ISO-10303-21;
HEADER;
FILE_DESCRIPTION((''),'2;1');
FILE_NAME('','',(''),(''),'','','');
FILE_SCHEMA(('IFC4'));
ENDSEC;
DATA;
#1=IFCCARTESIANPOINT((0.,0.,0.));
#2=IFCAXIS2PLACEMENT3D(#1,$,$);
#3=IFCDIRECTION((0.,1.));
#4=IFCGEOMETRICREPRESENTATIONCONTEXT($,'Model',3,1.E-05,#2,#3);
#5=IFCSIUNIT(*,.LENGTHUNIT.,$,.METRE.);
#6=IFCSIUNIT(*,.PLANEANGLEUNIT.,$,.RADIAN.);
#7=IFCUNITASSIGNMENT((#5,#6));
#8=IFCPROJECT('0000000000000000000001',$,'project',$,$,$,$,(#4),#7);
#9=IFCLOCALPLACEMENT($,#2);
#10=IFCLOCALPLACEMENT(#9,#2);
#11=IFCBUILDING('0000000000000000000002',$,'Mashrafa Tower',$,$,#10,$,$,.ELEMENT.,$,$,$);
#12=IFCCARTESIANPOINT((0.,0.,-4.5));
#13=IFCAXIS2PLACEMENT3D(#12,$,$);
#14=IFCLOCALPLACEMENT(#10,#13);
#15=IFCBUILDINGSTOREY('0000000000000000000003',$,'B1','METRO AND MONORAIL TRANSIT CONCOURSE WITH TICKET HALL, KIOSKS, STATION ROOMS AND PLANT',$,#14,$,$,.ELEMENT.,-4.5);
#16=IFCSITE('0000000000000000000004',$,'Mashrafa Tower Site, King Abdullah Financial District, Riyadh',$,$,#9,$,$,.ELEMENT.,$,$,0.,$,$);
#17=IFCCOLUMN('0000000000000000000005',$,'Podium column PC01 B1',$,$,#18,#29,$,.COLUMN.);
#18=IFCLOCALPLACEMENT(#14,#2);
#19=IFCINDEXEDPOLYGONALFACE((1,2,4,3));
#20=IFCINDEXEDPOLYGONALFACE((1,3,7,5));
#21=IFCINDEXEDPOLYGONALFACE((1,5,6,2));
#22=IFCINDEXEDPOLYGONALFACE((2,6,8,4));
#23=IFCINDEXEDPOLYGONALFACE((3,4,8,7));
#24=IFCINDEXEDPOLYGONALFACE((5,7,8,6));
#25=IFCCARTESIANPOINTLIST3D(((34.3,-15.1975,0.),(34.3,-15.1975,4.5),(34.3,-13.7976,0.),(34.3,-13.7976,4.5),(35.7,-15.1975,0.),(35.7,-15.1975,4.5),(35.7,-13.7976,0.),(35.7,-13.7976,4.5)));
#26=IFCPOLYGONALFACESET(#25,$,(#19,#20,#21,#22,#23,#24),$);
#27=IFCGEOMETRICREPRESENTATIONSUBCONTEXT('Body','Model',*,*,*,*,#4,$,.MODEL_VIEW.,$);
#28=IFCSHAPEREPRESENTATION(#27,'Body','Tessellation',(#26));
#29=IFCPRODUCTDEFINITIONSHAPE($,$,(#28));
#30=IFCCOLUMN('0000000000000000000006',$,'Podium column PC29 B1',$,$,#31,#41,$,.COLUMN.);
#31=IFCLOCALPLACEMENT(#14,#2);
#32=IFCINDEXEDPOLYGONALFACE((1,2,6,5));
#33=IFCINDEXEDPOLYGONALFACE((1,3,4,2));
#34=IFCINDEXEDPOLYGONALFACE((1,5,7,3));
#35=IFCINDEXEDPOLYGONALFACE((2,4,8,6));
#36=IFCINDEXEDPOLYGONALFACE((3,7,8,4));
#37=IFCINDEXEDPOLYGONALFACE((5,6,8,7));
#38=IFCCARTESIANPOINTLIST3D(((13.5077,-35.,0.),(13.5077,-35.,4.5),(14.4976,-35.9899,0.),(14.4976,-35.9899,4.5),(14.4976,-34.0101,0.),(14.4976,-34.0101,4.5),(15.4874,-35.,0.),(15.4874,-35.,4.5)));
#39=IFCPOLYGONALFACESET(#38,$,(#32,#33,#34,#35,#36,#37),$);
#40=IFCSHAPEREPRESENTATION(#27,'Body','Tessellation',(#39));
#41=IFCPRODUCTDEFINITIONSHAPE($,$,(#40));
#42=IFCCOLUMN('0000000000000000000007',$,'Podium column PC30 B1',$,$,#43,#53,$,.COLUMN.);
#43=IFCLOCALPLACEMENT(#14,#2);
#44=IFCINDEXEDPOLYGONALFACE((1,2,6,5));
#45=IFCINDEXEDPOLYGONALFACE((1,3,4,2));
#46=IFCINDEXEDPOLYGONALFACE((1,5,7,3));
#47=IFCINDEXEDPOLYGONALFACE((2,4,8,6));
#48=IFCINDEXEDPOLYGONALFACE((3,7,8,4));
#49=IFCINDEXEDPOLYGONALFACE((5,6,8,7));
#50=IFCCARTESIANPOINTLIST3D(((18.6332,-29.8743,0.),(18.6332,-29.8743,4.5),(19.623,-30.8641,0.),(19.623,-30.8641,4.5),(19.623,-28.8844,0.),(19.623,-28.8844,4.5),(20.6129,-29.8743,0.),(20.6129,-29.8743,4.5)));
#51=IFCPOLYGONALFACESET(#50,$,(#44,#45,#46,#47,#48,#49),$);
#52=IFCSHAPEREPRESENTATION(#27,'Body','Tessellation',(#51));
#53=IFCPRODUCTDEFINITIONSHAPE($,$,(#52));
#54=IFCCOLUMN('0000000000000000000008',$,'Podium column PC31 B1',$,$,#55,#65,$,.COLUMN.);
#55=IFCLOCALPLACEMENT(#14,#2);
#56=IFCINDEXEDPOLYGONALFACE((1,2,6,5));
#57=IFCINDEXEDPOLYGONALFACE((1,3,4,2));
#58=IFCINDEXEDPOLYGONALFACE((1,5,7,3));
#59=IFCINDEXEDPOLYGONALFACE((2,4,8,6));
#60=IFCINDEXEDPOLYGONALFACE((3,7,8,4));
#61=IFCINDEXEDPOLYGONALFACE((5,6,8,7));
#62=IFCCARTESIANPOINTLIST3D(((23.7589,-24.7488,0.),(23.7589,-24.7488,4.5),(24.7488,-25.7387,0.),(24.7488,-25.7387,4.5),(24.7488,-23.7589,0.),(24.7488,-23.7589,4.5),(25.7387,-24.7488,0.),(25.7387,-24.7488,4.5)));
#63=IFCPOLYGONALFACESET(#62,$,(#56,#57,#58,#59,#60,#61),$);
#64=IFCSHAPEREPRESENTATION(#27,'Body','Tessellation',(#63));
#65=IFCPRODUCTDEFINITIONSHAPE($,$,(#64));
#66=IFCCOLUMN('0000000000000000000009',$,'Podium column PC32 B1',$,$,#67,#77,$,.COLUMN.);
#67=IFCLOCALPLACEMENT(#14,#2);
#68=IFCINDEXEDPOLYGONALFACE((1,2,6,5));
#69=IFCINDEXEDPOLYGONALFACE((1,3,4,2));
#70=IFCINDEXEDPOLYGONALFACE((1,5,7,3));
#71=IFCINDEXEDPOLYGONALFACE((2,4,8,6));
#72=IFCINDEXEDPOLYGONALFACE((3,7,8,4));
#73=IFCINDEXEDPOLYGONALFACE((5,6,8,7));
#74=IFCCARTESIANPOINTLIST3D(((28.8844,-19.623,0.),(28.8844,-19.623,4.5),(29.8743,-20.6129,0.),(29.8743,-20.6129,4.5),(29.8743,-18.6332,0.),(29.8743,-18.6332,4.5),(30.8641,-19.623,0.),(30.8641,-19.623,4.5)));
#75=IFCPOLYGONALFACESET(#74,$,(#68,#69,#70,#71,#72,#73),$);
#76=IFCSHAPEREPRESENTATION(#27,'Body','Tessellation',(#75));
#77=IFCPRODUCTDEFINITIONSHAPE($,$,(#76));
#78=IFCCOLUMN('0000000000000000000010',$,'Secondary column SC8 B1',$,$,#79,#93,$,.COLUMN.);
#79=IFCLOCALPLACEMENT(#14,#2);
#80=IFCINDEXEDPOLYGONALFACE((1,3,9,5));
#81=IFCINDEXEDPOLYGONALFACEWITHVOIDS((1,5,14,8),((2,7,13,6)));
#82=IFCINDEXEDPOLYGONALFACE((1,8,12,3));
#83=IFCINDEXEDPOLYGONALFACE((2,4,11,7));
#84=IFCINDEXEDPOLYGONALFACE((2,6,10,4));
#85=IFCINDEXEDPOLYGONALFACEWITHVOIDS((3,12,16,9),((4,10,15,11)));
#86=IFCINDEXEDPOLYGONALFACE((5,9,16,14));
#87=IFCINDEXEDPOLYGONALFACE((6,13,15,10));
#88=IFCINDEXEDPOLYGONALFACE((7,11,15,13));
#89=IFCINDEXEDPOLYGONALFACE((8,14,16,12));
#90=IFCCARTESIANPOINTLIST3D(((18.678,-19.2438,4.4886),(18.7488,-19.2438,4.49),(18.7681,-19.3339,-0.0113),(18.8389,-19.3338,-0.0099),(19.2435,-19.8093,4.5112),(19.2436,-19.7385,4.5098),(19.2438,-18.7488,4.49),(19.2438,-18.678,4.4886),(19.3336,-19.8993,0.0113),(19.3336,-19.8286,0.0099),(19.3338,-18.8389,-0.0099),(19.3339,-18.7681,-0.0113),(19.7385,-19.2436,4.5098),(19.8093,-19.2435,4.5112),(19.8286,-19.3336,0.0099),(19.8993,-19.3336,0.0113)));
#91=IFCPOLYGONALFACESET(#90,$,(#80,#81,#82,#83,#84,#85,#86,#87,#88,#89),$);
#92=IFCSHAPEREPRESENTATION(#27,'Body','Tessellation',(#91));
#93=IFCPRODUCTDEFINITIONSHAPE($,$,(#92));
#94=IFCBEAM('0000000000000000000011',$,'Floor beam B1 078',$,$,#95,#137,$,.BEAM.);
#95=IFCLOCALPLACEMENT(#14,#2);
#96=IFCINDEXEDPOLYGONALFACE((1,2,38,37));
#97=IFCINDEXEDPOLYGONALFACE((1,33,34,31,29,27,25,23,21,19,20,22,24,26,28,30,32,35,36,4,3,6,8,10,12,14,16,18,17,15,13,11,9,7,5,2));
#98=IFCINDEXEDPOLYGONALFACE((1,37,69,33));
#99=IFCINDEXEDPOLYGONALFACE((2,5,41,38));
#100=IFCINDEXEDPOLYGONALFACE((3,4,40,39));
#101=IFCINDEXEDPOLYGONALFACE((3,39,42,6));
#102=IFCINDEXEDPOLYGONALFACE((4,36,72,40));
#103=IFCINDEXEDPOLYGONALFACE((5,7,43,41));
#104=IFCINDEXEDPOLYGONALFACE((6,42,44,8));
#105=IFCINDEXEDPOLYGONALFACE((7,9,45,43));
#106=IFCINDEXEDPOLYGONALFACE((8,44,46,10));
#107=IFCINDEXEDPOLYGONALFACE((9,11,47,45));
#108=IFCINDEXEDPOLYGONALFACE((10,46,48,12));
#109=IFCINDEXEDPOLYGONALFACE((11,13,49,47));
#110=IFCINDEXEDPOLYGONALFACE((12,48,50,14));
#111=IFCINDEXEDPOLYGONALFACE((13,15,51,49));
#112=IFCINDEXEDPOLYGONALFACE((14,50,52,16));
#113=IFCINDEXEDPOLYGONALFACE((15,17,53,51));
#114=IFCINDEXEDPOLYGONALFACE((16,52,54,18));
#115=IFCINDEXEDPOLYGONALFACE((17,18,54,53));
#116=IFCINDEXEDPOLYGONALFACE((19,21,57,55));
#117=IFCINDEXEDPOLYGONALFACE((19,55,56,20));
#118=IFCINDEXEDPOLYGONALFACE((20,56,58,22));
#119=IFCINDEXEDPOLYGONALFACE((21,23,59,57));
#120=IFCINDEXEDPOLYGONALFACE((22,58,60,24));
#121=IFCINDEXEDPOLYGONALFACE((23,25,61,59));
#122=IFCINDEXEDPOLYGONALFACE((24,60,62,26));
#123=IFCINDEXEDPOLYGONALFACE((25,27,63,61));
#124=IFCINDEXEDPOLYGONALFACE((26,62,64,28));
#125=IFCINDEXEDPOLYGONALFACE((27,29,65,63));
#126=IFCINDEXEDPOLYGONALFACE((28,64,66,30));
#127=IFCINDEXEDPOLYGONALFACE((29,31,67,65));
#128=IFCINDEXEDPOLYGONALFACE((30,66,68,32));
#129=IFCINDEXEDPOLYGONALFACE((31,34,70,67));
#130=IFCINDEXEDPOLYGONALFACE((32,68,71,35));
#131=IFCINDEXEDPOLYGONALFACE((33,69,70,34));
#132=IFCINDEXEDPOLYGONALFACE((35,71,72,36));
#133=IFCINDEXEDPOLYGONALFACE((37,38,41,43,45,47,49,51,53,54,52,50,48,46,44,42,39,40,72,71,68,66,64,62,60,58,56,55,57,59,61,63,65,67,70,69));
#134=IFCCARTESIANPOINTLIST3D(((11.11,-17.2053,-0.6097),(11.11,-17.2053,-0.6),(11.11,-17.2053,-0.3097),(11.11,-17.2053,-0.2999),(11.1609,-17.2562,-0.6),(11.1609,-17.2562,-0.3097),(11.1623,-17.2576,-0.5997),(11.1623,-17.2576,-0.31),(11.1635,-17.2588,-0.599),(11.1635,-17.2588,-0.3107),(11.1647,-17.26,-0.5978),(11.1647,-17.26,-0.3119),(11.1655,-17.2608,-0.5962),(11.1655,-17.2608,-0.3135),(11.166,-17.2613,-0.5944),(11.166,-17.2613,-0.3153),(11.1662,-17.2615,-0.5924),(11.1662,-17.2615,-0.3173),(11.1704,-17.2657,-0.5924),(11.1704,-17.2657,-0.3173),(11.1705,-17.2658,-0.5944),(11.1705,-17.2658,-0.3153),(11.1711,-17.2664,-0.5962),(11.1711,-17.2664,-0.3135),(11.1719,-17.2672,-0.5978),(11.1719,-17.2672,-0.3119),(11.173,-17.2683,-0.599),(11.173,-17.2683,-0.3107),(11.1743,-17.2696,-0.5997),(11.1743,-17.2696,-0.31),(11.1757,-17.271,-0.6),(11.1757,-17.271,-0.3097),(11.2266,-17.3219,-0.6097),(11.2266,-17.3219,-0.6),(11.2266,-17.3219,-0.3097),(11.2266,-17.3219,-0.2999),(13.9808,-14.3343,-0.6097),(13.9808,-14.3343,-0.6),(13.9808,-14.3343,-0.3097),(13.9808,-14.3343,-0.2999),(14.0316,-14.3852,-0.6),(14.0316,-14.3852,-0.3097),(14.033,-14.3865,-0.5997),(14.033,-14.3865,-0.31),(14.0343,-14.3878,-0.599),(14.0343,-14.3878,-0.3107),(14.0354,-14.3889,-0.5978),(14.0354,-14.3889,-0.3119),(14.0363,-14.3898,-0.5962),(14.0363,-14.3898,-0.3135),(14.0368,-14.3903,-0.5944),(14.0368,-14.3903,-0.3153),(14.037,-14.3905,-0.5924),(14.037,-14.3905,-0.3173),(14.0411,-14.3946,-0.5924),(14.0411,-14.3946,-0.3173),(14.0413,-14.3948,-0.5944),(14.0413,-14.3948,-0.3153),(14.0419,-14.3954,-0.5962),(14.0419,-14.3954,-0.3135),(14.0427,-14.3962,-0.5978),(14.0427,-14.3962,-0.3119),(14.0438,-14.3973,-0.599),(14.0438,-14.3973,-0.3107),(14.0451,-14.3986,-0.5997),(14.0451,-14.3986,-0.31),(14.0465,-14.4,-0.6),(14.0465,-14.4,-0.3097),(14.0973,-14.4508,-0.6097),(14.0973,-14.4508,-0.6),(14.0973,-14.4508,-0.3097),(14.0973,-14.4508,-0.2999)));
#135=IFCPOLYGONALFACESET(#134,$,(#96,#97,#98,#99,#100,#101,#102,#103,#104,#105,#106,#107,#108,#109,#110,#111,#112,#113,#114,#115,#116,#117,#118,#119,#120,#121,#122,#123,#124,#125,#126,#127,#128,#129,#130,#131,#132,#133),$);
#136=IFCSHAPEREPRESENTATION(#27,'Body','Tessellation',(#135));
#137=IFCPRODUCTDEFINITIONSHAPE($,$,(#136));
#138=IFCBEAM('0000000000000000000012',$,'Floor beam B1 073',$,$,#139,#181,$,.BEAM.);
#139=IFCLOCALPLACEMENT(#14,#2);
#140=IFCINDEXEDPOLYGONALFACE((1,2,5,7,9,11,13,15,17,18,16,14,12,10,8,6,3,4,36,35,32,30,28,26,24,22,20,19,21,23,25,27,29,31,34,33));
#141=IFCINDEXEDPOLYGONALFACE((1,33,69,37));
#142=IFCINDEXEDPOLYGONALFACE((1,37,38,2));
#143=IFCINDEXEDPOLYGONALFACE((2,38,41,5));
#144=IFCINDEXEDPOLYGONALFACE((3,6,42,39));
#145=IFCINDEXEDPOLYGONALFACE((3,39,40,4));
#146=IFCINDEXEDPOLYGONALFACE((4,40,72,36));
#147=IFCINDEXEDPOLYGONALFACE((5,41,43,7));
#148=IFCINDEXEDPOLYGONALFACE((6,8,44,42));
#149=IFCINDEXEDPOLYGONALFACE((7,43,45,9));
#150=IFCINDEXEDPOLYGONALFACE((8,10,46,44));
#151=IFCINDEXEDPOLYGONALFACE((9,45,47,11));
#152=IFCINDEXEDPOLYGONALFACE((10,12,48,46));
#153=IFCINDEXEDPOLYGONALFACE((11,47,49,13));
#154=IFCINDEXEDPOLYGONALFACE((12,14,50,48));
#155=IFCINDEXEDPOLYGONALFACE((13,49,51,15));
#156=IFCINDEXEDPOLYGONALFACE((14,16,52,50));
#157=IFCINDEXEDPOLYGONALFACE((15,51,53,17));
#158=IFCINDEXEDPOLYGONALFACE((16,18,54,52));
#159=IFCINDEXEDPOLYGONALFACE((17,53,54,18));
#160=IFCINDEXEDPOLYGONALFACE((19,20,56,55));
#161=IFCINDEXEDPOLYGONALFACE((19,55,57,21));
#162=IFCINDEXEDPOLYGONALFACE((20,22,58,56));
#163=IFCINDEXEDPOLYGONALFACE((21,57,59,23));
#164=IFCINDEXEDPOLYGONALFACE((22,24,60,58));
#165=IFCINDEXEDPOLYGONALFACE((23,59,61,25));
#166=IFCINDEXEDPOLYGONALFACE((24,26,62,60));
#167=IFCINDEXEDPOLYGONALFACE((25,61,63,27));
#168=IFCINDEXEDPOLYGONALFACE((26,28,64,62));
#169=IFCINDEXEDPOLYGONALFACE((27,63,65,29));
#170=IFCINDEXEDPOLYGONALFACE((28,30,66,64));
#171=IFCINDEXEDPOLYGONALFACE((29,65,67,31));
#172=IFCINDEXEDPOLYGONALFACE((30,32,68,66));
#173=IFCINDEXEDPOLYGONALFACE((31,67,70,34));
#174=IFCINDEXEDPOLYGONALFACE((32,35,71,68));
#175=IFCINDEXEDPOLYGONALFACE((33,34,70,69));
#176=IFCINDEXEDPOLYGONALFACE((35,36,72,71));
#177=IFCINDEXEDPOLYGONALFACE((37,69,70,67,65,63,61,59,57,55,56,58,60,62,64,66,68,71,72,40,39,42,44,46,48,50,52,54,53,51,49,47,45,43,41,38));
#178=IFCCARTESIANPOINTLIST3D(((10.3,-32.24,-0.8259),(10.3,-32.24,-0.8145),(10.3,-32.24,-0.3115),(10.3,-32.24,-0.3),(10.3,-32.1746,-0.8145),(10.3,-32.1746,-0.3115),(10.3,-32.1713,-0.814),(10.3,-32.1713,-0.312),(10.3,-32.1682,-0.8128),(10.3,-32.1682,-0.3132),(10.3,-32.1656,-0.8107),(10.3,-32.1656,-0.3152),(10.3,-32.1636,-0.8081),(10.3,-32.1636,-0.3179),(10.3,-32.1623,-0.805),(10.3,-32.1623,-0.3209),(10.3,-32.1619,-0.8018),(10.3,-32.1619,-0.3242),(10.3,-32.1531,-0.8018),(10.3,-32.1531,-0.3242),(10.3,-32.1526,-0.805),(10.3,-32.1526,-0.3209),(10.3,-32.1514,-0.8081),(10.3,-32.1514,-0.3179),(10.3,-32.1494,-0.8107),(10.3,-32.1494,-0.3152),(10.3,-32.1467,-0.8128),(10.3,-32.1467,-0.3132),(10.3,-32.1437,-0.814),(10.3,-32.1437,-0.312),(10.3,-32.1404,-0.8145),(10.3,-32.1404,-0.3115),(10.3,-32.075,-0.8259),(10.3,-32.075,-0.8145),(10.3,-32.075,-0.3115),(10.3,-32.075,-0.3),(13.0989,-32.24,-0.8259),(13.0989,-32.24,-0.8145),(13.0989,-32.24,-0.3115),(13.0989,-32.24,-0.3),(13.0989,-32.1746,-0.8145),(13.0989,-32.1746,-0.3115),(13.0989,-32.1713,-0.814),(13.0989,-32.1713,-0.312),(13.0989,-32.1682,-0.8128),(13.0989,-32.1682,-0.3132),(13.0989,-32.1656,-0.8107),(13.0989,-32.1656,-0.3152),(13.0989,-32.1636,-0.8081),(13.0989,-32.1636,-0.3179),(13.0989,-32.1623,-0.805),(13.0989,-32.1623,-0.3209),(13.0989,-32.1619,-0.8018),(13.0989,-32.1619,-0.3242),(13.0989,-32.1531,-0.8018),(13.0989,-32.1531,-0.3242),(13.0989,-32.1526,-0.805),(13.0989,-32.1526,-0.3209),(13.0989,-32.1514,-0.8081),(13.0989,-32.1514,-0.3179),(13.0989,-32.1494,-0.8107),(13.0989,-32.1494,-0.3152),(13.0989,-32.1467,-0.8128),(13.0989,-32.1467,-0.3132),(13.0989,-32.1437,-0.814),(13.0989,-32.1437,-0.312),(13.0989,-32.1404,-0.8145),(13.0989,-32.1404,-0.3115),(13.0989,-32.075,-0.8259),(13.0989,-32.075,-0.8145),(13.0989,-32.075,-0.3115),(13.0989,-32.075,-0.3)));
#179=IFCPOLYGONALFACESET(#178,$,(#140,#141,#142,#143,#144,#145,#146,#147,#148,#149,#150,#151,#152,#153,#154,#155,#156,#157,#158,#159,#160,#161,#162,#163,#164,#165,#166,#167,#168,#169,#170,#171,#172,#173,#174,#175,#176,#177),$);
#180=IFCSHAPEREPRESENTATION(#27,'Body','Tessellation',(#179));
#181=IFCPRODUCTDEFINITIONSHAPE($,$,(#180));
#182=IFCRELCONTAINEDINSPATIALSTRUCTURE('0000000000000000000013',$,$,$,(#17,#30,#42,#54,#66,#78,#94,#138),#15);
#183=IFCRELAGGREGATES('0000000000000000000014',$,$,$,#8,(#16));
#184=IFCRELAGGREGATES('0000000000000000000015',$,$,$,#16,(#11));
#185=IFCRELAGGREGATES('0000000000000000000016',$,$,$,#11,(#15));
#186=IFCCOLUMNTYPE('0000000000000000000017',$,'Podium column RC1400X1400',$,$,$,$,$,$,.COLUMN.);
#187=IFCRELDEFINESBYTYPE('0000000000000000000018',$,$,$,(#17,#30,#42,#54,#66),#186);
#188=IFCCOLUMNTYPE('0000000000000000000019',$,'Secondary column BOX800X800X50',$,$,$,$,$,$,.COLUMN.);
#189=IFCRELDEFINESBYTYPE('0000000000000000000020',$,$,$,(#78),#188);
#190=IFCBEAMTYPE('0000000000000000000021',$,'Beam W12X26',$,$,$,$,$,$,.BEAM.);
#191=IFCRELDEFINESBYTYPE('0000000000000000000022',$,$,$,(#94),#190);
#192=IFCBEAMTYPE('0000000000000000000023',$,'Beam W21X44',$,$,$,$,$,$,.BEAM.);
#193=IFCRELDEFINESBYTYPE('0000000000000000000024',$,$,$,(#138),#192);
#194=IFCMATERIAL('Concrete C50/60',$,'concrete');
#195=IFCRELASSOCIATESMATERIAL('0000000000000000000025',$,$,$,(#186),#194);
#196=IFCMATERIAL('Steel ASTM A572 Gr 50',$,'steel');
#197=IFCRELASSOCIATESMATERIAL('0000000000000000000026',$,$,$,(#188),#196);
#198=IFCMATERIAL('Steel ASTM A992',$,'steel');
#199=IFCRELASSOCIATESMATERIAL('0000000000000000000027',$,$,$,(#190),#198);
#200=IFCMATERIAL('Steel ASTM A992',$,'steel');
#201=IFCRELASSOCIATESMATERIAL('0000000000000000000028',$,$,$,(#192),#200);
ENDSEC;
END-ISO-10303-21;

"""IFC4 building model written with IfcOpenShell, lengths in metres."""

from ifc_helpers import new_model, si_unit, direction, frame, origin, origin_2d, place, context, subcontext, project, spatial, rectangle, hollow_rectangle, i_section, extrude, material, material_profile, profile_set, type_object, element, save


model = new_model("IFC4")

# Units and contexts
model_context = context("Model", 3, precision=1e-05, world=origin(), true_north=direction((0.0, 1.0)))
body_context = subcontext(model_context, "Body", "Model", "MODEL_VIEW")
ifc_project = project(units=[si_unit("LENGTHUNIT", "METRE"), si_unit("PLANEANGLEUNIT", "RADIAN")], contexts=[model_context])

# Site, building, storey
site_placement = place(None, origin())
site = spatial("IfcSite", under=ifc_project, at=site_placement, Name="Mashrafa Tower Site, King Abdullah Financial District, Riyadh", CompositionType="ELEMENT", RefElevation=0.0)
building_placement = place(site_placement, origin())
building = spatial("IfcBuilding", under=site, at=building_placement, Name="Mashrafa Tower", CompositionType="ELEMENT")
storey_placement = place(building_placement, frame((0.0, 0.0, -4.5)))
storey = spatial("IfcBuildingStorey", under=building, at=storey_placement, Name="B1", Description="METRO AND MONORAIL TRANSIT CONCOURSE WITH TICKET HALL, KIOSKS, STATION ROOMS AND PLANT", CompositionType="ELEMENT", Elevation=-4.5)

# Columns
ifc_material_1 = material(Name="Concrete C50/60", Category="concrete")
ifc_material_profile_1 = material_profile(ifc_material_1, rectangle(XDim=1.3999, YDim=1.3999, at=origin_2d()), Name="RC1400X1400")
ifc_profile_set_1 = profile_set([ifc_material_profile_1], Name="Concrete C50/60")
column_type_1 = type_object("IfcColumnType", Name="Podium column RC1400X1400", PredefinedType="COLUMN", material=ifc_profile_set_1)
for number, where, z_axis, x_axis, name in (
    (1, (35.0, -14.4976, 0.0), (0.0, 0.0, 1.0), (1.0, 0.0, 0.0), "Podium column PC01 B1"),
    (2, (14.4976, -35.0, 0.0), (0.0, 0.0, 1.0), (0.707107, 0.707107, 0.0), "Podium column PC29 B1"),
    (3, (19.623, -29.8743, 0.0), (0.0, 0.0, 1.0), (0.707107, 0.707107, 0.0), "Podium column PC30 B1"),
    (4, (24.7488, -24.7488, 0.0), (0.0, 0.0, 1.0), (0.707107, 0.707107, 0.0), "Podium column PC31 B1"),
    (5, (29.8743, -19.623, 0.0), (0.0, 0.0, 1.0), (0.707107, 0.707107, 0.0), "Podium column PC32 B1"),
):
    element("IfcColumn", number, at=place(storey_placement, frame(where, z_axis=z_axis, x_axis=x_axis)), inside=storey, type_object=column_type_1, Name=name, PredefinedType="COLUMN", context=body_context, shape_type="SweptSolid", body=[
        extrude(rectangle(XDim=1.3999, YDim=1.3999, at=origin_2d()), origin(), (0.0, 0.0, 1.0), 4.5),
    ])
ifc_material_2 = material(Name="Steel ASTM A572 Gr 50", Category="steel")
ifc_material_profile_2 = material_profile(ifc_material_2, hollow_rectangle(XDim=0.8, YDim=0.8, WallThickness=0.05, at=origin_2d()), Name="BOX800X800X50")
ifc_profile_set_2 = profile_set([ifc_material_profile_2], Name="Steel ASTM A572 Gr 50")
column_type_2 = type_object("IfcColumnType", Name="Secondary column BOX800X800X50", PredefinedType="COLUMN", material=ifc_profile_set_2)
column_placement = place(storey_placement, frame((19.3337, -19.3337, 0.0), z_axis=(-0.020012, 0.020012, 0.999599), x_axis=(-0.707107, -0.707107, 0.0)))
element("IfcColumn", 6, at=column_placement, inside=storey, type_object=column_type_2, Name="Secondary column SC8 B1", PredefinedType="COLUMN", context=body_context, shape_type="SweptSolid", body=[
    extrude(hollow_rectangle(XDim=0.8, YDim=0.8, WallThickness=0.05, at=origin_2d()), origin(), (0.0, 0.0, 1.0), 4.5017),
])

# Beams
ifc_material_3 = material(Name="Steel ASTM A992", Category="steel")
ifc_material_profile_3 = material_profile(ifc_material_3, i_section(OverallWidth=0.1648, OverallDepth=0.3098, WebThickness=0.0059, FlangeThickness=0.0098, FilletRadius=0.0076, at=origin_2d()), Name="W12X26")
ifc_profile_set_3 = profile_set([ifc_material_profile_3], Name="Steel ASTM A992")
beam_type_1 = type_object("IfcBeamType", Name="Beam W12X26", PredefinedType="BEAM", material=ifc_profile_set_3)
beam_1_placement = place(storey_placement, frame((14.0391, -14.3926, -0.4548), z_axis=(-0.707077, -0.707137, 0.0), x_axis=(0.707137, -0.707077, 0.0)))
element("IfcBeam", 7, at=beam_1_placement, inside=storey, type_object=beam_type_1, Name="Floor beam B1 078", PredefinedType="BEAM", context=body_context, shape_type="SweptSolid", body=[
    extrude(i_section(OverallWidth=0.1648, OverallDepth=0.3098, WebThickness=0.0059, FlangeThickness=0.0098, FilletRadius=0.0076, at=origin_2d()), origin(), (0.0, 0.0, 1.0), 4.0601),
])
ifc_material_4 = material(Name="Steel ASTM A992", Category="steel")
ifc_material_profile_4 = material_profile(ifc_material_4, i_section(OverallWidth=0.165, OverallDepth=0.5259, WebThickness=0.0088, FlangeThickness=0.0115, FilletRadius=0.0127, at=origin_2d()), Name="W21X44")
ifc_profile_set_4 = profile_set([ifc_material_profile_4], Name="Steel ASTM A992")
beam_type_2 = type_object("IfcBeamType", Name="Beam W21X44", PredefinedType="BEAM", material=ifc_profile_set_4)
beam_2_placement = place(storey_placement, frame((13.0989, -32.1575, -0.563), z_axis=(-1.0, 0.0, 0.0), x_axis=(0.0, -1.0, 0.0)))
element("IfcBeam", 8, at=beam_2_placement, inside=storey, type_object=beam_type_2, Name="Floor beam B1 073", PredefinedType="BEAM", context=body_context, shape_type="SweptSolid", body=[
    extrude(i_section(OverallWidth=0.165, OverallDepth=0.5259, WebThickness=0.0088, FlangeThickness=0.0115, FilletRadius=0.0127, at=origin_2d()), origin(), (0.0, 0.0, 1.0), 2.7988),
])

save(model, "model.ifc")
